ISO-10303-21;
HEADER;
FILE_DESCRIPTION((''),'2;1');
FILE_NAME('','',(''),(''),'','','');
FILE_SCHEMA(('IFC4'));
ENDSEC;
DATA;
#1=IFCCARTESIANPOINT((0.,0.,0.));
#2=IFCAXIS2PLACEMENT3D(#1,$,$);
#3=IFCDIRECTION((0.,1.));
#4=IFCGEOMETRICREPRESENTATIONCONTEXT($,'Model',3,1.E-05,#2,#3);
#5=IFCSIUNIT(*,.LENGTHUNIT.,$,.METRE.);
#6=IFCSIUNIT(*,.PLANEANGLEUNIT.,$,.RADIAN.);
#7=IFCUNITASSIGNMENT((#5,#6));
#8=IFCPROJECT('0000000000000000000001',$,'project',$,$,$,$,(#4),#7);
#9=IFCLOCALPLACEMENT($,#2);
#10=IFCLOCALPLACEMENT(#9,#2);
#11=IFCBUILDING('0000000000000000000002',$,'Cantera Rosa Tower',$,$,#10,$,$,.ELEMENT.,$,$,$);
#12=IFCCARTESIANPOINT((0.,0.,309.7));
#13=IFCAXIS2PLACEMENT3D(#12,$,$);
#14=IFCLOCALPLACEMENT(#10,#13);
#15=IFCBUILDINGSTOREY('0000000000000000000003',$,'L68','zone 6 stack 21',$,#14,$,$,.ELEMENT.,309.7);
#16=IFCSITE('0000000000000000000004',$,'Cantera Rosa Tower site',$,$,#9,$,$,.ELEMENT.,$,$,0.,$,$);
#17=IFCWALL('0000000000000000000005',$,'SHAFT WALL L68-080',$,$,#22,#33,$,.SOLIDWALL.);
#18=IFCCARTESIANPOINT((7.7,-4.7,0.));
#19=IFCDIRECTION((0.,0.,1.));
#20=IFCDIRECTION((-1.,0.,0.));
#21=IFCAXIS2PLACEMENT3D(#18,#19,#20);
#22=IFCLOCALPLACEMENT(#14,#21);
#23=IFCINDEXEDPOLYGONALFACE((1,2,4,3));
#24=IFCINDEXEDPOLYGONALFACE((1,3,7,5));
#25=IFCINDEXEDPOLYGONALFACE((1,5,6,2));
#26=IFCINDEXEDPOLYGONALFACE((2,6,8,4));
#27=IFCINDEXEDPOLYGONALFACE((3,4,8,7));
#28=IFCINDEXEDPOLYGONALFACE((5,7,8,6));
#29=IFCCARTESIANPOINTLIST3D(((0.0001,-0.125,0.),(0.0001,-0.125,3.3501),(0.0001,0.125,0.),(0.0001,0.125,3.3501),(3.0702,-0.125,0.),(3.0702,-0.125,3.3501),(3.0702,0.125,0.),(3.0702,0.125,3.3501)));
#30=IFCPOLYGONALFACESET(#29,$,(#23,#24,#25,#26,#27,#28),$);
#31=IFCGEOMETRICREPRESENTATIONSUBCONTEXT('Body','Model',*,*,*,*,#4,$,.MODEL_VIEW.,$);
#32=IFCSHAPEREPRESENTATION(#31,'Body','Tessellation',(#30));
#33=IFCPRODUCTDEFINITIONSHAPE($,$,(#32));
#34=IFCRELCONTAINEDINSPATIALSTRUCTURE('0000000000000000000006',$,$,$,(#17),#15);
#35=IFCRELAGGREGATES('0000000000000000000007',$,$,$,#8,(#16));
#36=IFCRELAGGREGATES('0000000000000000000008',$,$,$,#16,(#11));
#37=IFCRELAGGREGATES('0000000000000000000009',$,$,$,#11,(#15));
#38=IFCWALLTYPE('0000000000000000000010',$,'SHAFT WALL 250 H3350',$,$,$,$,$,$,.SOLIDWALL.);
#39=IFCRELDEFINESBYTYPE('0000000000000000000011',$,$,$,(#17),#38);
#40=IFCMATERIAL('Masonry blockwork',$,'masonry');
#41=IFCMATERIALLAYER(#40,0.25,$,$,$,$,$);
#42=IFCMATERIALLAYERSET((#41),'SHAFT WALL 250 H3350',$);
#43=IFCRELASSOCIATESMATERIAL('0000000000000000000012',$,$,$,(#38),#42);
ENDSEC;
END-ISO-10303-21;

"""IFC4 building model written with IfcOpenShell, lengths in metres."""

from ifc_helpers import new_model, si_unit, direction, frame, frame_2d, origin, place, context, subcontext, project, spatial, rectangle, extrude, material, layer, layer_set, type_object, element, save


model = new_model("IFC4")

# Units and contexts
model_context = context("Model", 3, precision=1e-05, world=origin(), true_north=direction((0.0, 1.0)))
body_context = subcontext(model_context, "Body", "Model", "MODEL_VIEW")
ifc_project = project(units=[si_unit("LENGTHUNIT", "METRE"), si_unit("PLANEANGLEUNIT", "RADIAN")], contexts=[model_context])

# Site, building, storey
site_placement = place(None, origin())
site = spatial("IfcSite", under=ifc_project, at=site_placement, Name="Cantera Rosa Tower site", CompositionType="ELEMENT", RefElevation=0.0)
building_placement = place(site_placement, origin())
building = spatial("IfcBuilding", under=site, at=building_placement, Name="Cantera Rosa Tower", CompositionType="ELEMENT")
storey_placement = place(building_placement, frame((0.0, 0.0, 309.7)))
storey = spatial("IfcBuildingStorey", under=building, at=storey_placement, Name="L68", Description="zone 6 stack 21", CompositionType="ELEMENT", Elevation=309.7)

# Wall
ifc_material_1 = material(Name="Masonry blockwork", Category="masonry")
ifc_layer_1 = layer(ifc_material_1, 0.25)
ifc_layer_set_1 = layer_set([ifc_layer_1], Name="SHAFT WALL 250 H3350")
wall_type_1 = type_object("IfcWallType", Name="SHAFT WALL 250 H3350", PredefinedType="SOLIDWALL", material=ifc_layer_set_1)
wall_1_placement = place(storey_placement, frame((7.7, -4.7, 0.0), z_axis=(0.0, 0.0, 1.0), x_axis=(-1.0, 0.0, 0.0)))
element("IfcWall", 1, at=wall_1_placement, inside=storey, type_object=wall_type_1, Name="SHAFT WALL L68-080", PredefinedType="SOLIDWALL", context=body_context, shape_type="SweptSolid", body=[
    extrude(rectangle(XDim=3.0701, YDim=0.25, at=frame_2d((1.5352, 0.0))), origin(), (0.0, 0.0, 1.0), 3.3501),
])

save(model, "model.ifc")
